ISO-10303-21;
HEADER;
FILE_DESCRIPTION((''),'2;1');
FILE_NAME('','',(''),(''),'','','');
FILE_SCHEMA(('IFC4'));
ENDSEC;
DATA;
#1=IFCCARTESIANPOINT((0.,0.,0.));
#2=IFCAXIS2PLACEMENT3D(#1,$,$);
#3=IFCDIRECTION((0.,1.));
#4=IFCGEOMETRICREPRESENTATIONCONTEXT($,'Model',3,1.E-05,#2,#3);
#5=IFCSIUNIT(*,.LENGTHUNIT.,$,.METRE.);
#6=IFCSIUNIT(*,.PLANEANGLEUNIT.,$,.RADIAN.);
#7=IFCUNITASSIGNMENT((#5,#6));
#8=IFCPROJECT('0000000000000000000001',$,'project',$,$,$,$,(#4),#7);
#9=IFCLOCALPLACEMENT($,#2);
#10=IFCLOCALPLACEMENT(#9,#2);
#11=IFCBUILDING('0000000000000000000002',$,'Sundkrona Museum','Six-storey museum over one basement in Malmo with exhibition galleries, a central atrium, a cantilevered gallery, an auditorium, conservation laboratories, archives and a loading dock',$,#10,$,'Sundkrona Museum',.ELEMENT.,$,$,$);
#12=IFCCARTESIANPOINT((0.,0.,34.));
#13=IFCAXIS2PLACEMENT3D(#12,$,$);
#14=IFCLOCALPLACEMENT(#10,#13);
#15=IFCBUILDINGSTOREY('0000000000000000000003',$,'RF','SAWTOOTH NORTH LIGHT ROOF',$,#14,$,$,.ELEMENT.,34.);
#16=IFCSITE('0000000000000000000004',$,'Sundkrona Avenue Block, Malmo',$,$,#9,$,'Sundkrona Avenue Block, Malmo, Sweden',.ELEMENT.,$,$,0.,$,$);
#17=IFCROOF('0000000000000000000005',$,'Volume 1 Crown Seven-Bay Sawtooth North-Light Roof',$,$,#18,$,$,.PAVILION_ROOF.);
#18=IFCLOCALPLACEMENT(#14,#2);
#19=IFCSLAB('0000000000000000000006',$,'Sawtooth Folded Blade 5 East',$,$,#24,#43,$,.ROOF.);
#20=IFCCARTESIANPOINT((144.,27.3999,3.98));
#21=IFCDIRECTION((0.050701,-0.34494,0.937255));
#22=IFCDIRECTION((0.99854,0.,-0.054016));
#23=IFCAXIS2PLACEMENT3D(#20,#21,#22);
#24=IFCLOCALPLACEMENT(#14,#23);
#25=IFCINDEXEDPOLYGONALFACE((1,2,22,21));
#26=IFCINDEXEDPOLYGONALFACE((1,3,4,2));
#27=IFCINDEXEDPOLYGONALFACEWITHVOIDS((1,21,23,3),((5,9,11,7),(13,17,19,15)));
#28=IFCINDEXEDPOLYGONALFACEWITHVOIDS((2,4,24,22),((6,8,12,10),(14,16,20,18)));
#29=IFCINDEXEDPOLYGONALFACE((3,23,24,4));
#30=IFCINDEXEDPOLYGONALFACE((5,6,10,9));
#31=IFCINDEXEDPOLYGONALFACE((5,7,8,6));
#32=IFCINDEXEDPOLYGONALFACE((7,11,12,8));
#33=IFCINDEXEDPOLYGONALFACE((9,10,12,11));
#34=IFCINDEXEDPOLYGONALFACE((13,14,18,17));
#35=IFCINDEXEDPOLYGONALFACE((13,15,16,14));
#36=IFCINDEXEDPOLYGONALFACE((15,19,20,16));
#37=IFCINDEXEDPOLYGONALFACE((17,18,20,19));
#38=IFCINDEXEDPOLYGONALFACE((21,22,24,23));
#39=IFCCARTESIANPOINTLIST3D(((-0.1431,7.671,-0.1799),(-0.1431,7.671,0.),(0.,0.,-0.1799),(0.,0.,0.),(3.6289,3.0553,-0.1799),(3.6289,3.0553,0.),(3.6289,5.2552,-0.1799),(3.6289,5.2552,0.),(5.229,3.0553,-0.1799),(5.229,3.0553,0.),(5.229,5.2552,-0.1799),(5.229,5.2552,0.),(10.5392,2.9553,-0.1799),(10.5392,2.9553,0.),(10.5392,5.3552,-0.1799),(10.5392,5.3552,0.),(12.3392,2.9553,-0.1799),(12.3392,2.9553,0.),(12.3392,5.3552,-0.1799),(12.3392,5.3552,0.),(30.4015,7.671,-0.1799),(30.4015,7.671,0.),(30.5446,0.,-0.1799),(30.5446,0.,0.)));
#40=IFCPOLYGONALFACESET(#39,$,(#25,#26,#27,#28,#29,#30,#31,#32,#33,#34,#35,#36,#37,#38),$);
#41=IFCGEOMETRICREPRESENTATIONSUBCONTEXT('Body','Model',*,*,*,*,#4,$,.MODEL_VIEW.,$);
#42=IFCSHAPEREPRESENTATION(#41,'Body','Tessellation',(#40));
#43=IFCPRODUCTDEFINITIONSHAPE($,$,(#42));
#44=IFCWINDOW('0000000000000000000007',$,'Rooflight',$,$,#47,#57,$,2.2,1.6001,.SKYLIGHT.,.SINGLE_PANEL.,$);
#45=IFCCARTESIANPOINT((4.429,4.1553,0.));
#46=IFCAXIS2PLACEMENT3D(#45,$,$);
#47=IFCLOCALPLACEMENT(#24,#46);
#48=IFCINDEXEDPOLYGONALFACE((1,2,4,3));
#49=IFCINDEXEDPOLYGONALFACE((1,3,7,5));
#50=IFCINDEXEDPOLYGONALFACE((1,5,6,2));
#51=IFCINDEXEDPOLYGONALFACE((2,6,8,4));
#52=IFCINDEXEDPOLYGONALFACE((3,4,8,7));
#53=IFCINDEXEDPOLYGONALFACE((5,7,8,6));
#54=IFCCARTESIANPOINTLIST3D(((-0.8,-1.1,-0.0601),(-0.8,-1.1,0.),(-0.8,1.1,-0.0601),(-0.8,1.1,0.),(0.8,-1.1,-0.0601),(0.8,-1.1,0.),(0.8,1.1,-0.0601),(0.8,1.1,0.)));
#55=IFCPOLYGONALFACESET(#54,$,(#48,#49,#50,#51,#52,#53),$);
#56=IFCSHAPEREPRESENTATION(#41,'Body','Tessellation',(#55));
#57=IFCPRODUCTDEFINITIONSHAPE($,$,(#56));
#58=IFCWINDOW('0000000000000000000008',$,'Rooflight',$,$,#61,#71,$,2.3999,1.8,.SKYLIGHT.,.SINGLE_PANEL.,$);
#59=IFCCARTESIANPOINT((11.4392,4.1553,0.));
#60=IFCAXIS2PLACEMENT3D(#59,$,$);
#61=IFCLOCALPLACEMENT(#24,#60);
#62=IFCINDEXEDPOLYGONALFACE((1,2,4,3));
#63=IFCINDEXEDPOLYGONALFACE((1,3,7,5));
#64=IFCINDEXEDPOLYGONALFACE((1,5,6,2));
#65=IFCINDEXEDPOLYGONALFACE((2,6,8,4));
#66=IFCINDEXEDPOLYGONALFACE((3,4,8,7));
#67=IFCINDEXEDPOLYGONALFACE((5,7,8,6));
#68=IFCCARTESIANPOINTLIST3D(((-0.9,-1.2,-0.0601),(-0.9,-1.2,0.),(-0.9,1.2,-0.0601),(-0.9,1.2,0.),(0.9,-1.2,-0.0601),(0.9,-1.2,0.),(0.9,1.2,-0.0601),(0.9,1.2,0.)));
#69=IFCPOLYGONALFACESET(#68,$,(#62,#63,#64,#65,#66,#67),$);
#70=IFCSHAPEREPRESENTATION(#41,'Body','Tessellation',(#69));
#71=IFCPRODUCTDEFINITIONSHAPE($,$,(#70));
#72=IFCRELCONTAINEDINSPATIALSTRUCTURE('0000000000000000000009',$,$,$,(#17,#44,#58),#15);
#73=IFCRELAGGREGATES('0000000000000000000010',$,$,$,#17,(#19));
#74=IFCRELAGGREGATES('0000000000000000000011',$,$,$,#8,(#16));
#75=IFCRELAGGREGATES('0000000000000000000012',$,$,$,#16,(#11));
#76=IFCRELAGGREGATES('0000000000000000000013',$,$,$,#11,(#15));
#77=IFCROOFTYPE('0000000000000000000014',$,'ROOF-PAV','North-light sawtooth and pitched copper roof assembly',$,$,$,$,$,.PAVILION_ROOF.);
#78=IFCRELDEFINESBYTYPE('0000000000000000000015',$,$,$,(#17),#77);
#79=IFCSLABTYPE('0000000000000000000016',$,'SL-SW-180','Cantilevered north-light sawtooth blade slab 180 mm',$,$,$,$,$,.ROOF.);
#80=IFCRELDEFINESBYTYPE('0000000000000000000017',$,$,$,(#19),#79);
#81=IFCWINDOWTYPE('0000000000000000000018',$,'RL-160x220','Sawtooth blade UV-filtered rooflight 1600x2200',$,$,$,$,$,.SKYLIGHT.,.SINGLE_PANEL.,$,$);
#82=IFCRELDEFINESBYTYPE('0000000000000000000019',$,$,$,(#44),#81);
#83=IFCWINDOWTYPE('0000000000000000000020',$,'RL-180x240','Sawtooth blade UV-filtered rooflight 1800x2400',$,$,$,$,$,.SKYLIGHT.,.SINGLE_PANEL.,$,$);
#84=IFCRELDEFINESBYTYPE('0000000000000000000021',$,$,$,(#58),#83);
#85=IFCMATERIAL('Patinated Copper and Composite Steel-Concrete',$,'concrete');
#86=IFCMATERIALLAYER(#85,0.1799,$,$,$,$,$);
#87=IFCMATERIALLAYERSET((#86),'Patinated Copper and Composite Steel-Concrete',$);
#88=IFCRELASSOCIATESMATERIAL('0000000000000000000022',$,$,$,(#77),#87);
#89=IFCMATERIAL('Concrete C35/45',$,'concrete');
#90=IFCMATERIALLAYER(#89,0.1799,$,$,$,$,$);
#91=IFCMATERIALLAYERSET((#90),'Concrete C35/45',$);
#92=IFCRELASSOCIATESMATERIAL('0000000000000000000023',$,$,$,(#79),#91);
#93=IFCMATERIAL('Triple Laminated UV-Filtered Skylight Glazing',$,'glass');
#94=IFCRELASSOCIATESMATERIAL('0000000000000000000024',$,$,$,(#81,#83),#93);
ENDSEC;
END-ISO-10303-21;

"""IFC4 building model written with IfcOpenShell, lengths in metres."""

from ifc_helpers import new_model, si_unit, direction, frame, origin, origin_2d, place, context, subcontext, project, spatial, polyline, rectangle, outline, extrude, material, layer, layer_set, type_object, element, fill, aggregate, save


model = new_model("IFC4")

# Units and contexts
model_context = context("Model", 3, precision=1e-05, world=origin(), true_north=direction((0.0, 1.0)))
body_context = subcontext(model_context, "Body", "Model", "MODEL_VIEW")
ifc_project = project(units=[si_unit("LENGTHUNIT", "METRE"), si_unit("PLANEANGLEUNIT", "RADIAN")], contexts=[model_context])

# Site, building, storey
site_placement = place(None, origin())
site = spatial("IfcSite", under=ifc_project, at=site_placement, Name="Sundkrona Avenue Block, Malmo", LongName="Sundkrona Avenue Block, Malmo, Sweden", CompositionType="ELEMENT", RefElevation=0.0)
building_placement = place(site_placement, origin())
building = spatial("IfcBuilding", under=site, at=building_placement, Name="Sundkrona Museum", Description="Six-storey museum over one basement in Malmo with exhibition galleries, a central atrium, a cantilevered gallery, an auditorium, conservation laboratories, archives and a loading dock", LongName="Sundkrona Museum", CompositionType="ELEMENT")
storey_placement = place(building_placement, frame((0.0, 0.0, 34.0)))
storey = spatial("IfcBuildingStorey", under=building, at=storey_placement, Name="RF", Description="SAWTOOTH NORTH LIGHT ROOF", CompositionType="ELEMENT", Elevation=34.0)

# Roof, slab, openings, windows
ifc_material_1 = material(Name="Patinated Copper and Composite Steel-Concrete", Category="concrete")
ifc_layer_1 = layer(ifc_material_1, 0.1799)
ifc_layer_set_1 = layer_set([ifc_layer_1], Name="Patinated Copper and Composite Steel-Concrete")
roof_type = type_object("IfcRoofType", Name="ROOF-PAV", Description="North-light sawtooth and pitched copper roof assembly", PredefinedType="PAVILION_ROOF", material=ifc_layer_set_1)
roof_placement = place(storey_placement, origin())
roof = element("IfcRoof", 1, at=roof_placement, inside=storey, type_object=roof_type, Name="Volume 1 Crown Seven-Bay Sawtooth North-Light Roof", PredefinedType="PAVILION_ROOF")
ifc_material_2 = material(Name="Concrete C35/45", Category="concrete")
ifc_layer_2 = layer(ifc_material_2, 0.1799)
ifc_layer_set_2 = layer_set([ifc_layer_2], Name="Concrete C35/45")
slab_type = type_object("IfcSlabType", Name="SL-SW-180", Description="Cantilevered north-light sawtooth blade slab 180 mm", PredefinedType="ROOF", material=ifc_layer_set_2)
slab_placement = place(storey_placement, frame((144.0, 27.3999, 3.98), z_axis=(0.050701, -0.34494, 0.937255), x_axis=(0.99854, 0.0, -0.054016)))
slab = element("IfcSlab", 2, at=slab_placement, type_object=slab_type, Name="Sawtooth Folded Blade 5 East", PredefinedType="ROOF", context=body_context, shape_type="SweptSolid", body=[
    extrude(outline(polyline([(0.0, 0.0), (30.5446, 0.0), (30.4015, 7.671), (-0.1431, 7.671), (0.0, 0.0)])), origin(), (0.0, 0.0, -1.0), 0.1799),
])
opening_1_placement = place(slab_placement, frame((4.429, 4.1553, 0.01)))
opening_1 = element("IfcOpeningElement", 3, at=opening_1_placement, cuts=slab, PredefinedType="OPENING", context=body_context, shape_type="SweptSolid", body=[
    extrude(rectangle(XDim=1.6001, YDim=2.2, at=origin_2d()), origin(), (0.0, 0.0, -1.0), 0.2),
])
opening_2_placement = place(slab_placement, frame((11.4392, 4.1553, 0.01)))
opening_2 = element("IfcOpeningElement", 4, at=opening_2_placement, cuts=slab, PredefinedType="OPENING", context=body_context, shape_type="SweptSolid", body=[
    extrude(rectangle(XDim=1.8, YDim=2.3999, at=origin_2d()), origin(), (0.0, 0.0, -1.0), 0.2),
])
ifc_material_3 = material(Name="Triple Laminated UV-Filtered Skylight Glazing", Category="glass")
window_type_1 = type_object("IfcWindowType", Name="RL-160x220", Description="Sawtooth blade UV-filtered rooflight 1600x2200", PartitioningType="SINGLE_PANEL", PredefinedType="SKYLIGHT", material=ifc_material_3)
window_1_placement = place(slab_placement, frame((4.429, 4.1553, 0.0)))
window_1 = element("IfcWindow", 5, at=window_1_placement, inside=storey, type_object=window_type_1, Name="Rooflight", OverallHeight=2.2, OverallWidth=1.6001, PartitioningType="SINGLE_PANEL", PredefinedType="SKYLIGHT", context=body_context, shape_type="SweptSolid", body=[
    extrude(rectangle(XDim=1.6001, YDim=2.2, at=origin_2d()), origin(), (0.0, 0.0, -1.0), 0.0601),
])
fill(opening_1, window_1)
window_type_2 = type_object("IfcWindowType", Name="RL-180x240", Description="Sawtooth blade UV-filtered rooflight 1800x2400", PartitioningType="SINGLE_PANEL", PredefinedType="SKYLIGHT", material=ifc_material_3)
window_2_placement = place(slab_placement, frame((11.4392, 4.1553, 0.0)))
window_2 = element("IfcWindow", 6, at=window_2_placement, inside=storey, type_object=window_type_2, Name="Rooflight", OverallHeight=2.3999, OverallWidth=1.8, PartitioningType="SINGLE_PANEL", PredefinedType="SKYLIGHT", context=body_context, shape_type="SweptSolid", body=[
    extrude(rectangle(XDim=1.8, YDim=2.3999, at=origin_2d()), origin(), (0.0, 0.0, -1.0), 0.0601),
])
fill(opening_2, window_2)
aggregate(roof, [slab])

save(model, "model.ifc")
